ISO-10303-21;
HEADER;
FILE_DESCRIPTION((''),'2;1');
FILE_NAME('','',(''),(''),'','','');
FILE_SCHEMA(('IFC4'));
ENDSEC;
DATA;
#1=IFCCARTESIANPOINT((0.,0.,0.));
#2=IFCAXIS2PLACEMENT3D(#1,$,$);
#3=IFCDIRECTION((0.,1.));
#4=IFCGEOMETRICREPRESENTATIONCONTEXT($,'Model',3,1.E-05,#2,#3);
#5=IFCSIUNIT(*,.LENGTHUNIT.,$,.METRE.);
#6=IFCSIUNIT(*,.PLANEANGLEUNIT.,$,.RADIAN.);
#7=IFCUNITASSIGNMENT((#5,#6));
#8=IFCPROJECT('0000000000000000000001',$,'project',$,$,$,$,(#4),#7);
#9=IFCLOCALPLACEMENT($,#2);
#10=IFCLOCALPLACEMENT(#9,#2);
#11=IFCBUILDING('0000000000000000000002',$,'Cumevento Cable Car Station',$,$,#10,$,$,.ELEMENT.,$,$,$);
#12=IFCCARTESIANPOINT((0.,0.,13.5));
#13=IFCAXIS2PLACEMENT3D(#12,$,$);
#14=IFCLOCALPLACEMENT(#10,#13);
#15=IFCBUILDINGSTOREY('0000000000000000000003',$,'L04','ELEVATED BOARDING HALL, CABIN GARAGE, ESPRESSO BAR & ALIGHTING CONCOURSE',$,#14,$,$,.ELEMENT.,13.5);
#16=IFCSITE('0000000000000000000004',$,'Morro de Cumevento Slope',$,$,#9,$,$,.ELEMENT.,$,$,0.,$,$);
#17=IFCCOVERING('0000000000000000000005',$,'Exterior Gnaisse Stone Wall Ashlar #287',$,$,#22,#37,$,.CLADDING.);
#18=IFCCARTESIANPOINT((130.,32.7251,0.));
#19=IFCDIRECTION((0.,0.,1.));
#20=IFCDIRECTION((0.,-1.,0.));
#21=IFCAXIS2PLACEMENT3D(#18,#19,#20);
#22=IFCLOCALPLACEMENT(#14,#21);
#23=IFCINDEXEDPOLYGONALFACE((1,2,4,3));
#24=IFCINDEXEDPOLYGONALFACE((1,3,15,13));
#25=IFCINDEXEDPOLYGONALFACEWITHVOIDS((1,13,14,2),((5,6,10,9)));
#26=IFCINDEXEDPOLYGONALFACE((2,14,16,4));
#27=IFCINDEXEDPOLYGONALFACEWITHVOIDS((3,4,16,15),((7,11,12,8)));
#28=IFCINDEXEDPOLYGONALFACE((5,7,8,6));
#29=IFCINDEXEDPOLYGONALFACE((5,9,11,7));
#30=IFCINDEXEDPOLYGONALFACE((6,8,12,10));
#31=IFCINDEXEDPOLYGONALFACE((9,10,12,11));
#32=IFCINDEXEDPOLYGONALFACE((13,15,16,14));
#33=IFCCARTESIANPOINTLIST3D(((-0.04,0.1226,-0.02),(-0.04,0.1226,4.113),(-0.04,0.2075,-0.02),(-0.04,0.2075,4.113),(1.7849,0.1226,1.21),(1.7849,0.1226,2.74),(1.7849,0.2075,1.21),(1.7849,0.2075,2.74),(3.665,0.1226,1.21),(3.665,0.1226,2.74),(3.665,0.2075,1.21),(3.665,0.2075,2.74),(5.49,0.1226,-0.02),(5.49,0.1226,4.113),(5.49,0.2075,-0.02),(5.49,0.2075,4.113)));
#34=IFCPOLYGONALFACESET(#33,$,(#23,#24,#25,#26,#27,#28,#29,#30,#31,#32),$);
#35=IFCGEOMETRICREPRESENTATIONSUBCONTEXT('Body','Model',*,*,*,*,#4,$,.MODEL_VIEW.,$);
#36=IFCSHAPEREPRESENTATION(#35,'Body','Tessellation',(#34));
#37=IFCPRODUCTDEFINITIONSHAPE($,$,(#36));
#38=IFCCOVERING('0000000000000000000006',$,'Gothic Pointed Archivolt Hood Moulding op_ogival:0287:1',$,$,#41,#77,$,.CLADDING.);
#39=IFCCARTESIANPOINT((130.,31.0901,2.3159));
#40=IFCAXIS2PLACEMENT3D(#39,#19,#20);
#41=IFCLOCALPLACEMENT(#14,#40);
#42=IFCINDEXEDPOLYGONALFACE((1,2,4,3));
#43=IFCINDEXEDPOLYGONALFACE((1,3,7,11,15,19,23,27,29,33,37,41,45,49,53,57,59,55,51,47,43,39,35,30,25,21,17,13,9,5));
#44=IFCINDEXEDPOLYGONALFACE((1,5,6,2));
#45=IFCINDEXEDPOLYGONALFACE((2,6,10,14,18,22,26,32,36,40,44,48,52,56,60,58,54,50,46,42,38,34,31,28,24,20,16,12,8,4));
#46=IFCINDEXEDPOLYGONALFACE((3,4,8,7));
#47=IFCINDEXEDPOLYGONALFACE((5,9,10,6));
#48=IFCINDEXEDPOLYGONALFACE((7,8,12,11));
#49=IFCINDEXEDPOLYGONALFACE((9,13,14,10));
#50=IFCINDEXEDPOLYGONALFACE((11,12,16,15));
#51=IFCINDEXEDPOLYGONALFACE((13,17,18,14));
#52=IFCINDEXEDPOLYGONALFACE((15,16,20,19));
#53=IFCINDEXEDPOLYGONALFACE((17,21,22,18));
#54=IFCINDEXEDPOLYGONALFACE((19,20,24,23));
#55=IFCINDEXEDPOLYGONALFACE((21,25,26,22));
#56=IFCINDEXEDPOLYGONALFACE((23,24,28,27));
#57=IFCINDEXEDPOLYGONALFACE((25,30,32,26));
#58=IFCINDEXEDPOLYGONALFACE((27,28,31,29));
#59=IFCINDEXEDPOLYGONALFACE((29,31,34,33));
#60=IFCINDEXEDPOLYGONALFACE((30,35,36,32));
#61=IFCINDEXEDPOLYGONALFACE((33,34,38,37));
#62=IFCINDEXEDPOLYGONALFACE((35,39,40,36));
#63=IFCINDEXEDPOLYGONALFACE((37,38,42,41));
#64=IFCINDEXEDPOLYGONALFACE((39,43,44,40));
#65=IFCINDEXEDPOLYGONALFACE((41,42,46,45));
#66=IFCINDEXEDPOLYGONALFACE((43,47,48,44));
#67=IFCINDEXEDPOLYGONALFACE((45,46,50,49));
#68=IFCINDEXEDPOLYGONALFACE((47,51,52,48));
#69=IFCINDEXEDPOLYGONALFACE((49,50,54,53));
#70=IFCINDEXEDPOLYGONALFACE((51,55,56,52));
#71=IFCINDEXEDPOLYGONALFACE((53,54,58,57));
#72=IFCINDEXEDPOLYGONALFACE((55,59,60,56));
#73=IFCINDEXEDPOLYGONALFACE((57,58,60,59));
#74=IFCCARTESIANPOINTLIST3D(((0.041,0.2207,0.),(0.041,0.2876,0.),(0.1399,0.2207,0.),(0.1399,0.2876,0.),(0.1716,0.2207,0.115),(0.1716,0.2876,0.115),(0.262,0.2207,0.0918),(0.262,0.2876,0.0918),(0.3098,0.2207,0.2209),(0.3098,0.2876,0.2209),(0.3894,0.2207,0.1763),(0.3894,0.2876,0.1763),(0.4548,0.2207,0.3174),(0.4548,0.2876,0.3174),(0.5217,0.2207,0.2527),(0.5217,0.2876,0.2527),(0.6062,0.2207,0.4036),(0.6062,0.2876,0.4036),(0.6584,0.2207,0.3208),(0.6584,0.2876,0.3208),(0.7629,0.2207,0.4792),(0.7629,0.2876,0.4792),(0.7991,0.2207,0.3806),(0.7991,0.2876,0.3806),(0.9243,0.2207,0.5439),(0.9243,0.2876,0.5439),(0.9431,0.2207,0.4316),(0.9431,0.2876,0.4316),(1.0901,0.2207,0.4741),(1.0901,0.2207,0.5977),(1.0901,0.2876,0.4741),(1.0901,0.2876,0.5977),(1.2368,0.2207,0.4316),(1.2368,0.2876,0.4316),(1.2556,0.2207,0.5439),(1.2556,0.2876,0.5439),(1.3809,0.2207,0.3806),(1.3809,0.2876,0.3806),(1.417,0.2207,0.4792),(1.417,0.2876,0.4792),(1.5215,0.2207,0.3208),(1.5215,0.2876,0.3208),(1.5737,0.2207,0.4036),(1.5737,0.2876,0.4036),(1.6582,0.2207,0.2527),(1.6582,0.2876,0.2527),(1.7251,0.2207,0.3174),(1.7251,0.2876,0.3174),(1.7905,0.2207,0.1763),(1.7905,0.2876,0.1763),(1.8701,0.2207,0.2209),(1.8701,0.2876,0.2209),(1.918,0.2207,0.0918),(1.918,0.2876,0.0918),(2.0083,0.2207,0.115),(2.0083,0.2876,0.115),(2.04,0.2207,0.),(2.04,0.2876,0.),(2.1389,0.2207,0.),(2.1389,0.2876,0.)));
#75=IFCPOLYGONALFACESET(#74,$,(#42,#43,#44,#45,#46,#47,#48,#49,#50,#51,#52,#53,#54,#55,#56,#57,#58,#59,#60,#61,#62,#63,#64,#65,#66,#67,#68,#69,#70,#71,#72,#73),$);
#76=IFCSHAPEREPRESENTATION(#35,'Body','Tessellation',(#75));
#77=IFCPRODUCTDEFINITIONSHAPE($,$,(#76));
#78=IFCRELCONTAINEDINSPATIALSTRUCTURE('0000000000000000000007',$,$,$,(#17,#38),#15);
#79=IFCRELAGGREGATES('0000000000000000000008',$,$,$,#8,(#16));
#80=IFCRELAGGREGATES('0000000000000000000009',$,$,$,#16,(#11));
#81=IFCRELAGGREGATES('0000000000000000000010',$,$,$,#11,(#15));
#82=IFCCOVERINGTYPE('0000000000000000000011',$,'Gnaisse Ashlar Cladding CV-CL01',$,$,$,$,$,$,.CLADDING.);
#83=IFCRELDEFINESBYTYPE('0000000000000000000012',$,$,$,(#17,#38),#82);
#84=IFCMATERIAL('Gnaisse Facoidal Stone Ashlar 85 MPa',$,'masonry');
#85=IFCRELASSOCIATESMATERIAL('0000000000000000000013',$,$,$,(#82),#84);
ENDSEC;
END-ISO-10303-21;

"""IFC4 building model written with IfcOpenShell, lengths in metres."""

from ifc_helpers import new_model, si_unit, direction, frame, origin, place, context, subcontext, project, spatial, polyline, outline, extrude, material, type_object, element, save


model = new_model("IFC4")

# Units and contexts
model_context = context("Model", 3, precision=1e-05, world=origin(), true_north=direction((0.0, 1.0)))
body_context = subcontext(model_context, "Body", "Model", "MODEL_VIEW")
ifc_project = project(units=[si_unit("LENGTHUNIT", "METRE"), si_unit("PLANEANGLEUNIT", "RADIAN")], contexts=[model_context])

# Site, building, storey
site_placement = place(None, origin())
site = spatial("IfcSite", under=ifc_project, at=site_placement, Name="Morro de Cumevento Slope", CompositionType="ELEMENT", RefElevation=0.0)
building_placement = place(site_placement, origin())
building = spatial("IfcBuilding", under=site, at=building_placement, Name="Cumevento Cable Car Station", CompositionType="ELEMENT")
storey_placement = place(building_placement, frame((0.0, 0.0, 13.5)))
storey = spatial("IfcBuildingStorey", under=building, at=storey_placement, Name="L04", Description="ELEVATED BOARDING HALL, CABIN GARAGE, ESPRESSO BAR & ALIGHTING CONCOURSE", CompositionType="ELEMENT", Elevation=13.5)

# Coverings
ifc_material_1 = material(Name="Gnaisse Facoidal Stone Ashlar 85 MPa", Category="masonry")
covering_type = type_object("IfcCoveringType", Name="Gnaisse Ashlar Cladding CV-CL01", PredefinedType="CLADDING", material=ifc_material_1)
covering_1_placement = place(storey_placement, frame((130.0, 32.7251, 0.0), z_axis=(0.0, 0.0, 1.0), x_axis=(0.0, -1.0, 0.0)))
element("IfcCovering", 1, at=covering_1_placement, inside=storey, type_object=covering_type, Name="Exterior Gnaisse Stone Wall Ashlar #287", PredefinedType="CLADDING", context=body_context, shape_type="SweptSolid", body=[
    extrude(outline(polyline([(-0.04, -0.02), (5.49, -0.02), (5.49, 4.113), (-0.04, 4.113), (-0.04, -0.02)]), holes=[polyline([(1.7849, 1.21), (3.665, 1.21), (3.665, 2.74), (1.7849, 2.74), (1.7849, 1.21)])]), frame((0.0, 0.2075, 0.0), z_axis=(0.0, -1.0, 0.0), x_axis=(1.0, 0.0, 0.0)), (0.0, 0.0, 1.0), 0.085),
])
covering_2_placement = place(storey_placement, frame((130.0, 31.0901, 2.3159), z_axis=(0.0, 0.0, 1.0), x_axis=(0.0, -1.0, 0.0)))
element("IfcCovering", 2, at=covering_2_placement, inside=storey, type_object=covering_type, Name="Gothic Pointed Archivolt Hood Moulding op_ogival:0287:1", PredefinedType="CLADDING", context=body_context, shape_type="SweptSolid", body=[
    extrude(outline(polyline([(0.1399, 0.0), (0.262, 0.0918), (0.3894, 0.1763), (0.5217, 0.2527), (0.6584, 0.3208), (0.7991, 0.3806), (0.9431, 0.4316), (1.0901, 0.4741), (1.2368, 0.4316), (1.3809, 0.3806), (1.5215, 0.3208), (1.6582, 0.2527), (1.7905, 0.1763), (1.918, 0.0918), (2.04, 0.0), (2.1389, 0.0), (2.0083, 0.115), (1.8701, 0.2209), (1.7251, 0.3174), (1.5737, 0.4036), (1.417, 0.4792), (1.2556, 0.5439), (1.0901, 0.5977), (0.9243, 0.5439), (0.7629, 0.4792), (0.6062, 0.4036), (0.4548, 0.3174), (0.3098, 0.2209), (0.1716, 0.115), (0.041, 0.0), (0.1399, 0.0)])), frame((0.0, 0.2876, 0.0), z_axis=(0.0, -1.0, 0.0), x_axis=(1.0, 0.0, 0.0)), (0.0, 0.0, 1.0), 0.0669),
])

save(model, "model.ifc")
